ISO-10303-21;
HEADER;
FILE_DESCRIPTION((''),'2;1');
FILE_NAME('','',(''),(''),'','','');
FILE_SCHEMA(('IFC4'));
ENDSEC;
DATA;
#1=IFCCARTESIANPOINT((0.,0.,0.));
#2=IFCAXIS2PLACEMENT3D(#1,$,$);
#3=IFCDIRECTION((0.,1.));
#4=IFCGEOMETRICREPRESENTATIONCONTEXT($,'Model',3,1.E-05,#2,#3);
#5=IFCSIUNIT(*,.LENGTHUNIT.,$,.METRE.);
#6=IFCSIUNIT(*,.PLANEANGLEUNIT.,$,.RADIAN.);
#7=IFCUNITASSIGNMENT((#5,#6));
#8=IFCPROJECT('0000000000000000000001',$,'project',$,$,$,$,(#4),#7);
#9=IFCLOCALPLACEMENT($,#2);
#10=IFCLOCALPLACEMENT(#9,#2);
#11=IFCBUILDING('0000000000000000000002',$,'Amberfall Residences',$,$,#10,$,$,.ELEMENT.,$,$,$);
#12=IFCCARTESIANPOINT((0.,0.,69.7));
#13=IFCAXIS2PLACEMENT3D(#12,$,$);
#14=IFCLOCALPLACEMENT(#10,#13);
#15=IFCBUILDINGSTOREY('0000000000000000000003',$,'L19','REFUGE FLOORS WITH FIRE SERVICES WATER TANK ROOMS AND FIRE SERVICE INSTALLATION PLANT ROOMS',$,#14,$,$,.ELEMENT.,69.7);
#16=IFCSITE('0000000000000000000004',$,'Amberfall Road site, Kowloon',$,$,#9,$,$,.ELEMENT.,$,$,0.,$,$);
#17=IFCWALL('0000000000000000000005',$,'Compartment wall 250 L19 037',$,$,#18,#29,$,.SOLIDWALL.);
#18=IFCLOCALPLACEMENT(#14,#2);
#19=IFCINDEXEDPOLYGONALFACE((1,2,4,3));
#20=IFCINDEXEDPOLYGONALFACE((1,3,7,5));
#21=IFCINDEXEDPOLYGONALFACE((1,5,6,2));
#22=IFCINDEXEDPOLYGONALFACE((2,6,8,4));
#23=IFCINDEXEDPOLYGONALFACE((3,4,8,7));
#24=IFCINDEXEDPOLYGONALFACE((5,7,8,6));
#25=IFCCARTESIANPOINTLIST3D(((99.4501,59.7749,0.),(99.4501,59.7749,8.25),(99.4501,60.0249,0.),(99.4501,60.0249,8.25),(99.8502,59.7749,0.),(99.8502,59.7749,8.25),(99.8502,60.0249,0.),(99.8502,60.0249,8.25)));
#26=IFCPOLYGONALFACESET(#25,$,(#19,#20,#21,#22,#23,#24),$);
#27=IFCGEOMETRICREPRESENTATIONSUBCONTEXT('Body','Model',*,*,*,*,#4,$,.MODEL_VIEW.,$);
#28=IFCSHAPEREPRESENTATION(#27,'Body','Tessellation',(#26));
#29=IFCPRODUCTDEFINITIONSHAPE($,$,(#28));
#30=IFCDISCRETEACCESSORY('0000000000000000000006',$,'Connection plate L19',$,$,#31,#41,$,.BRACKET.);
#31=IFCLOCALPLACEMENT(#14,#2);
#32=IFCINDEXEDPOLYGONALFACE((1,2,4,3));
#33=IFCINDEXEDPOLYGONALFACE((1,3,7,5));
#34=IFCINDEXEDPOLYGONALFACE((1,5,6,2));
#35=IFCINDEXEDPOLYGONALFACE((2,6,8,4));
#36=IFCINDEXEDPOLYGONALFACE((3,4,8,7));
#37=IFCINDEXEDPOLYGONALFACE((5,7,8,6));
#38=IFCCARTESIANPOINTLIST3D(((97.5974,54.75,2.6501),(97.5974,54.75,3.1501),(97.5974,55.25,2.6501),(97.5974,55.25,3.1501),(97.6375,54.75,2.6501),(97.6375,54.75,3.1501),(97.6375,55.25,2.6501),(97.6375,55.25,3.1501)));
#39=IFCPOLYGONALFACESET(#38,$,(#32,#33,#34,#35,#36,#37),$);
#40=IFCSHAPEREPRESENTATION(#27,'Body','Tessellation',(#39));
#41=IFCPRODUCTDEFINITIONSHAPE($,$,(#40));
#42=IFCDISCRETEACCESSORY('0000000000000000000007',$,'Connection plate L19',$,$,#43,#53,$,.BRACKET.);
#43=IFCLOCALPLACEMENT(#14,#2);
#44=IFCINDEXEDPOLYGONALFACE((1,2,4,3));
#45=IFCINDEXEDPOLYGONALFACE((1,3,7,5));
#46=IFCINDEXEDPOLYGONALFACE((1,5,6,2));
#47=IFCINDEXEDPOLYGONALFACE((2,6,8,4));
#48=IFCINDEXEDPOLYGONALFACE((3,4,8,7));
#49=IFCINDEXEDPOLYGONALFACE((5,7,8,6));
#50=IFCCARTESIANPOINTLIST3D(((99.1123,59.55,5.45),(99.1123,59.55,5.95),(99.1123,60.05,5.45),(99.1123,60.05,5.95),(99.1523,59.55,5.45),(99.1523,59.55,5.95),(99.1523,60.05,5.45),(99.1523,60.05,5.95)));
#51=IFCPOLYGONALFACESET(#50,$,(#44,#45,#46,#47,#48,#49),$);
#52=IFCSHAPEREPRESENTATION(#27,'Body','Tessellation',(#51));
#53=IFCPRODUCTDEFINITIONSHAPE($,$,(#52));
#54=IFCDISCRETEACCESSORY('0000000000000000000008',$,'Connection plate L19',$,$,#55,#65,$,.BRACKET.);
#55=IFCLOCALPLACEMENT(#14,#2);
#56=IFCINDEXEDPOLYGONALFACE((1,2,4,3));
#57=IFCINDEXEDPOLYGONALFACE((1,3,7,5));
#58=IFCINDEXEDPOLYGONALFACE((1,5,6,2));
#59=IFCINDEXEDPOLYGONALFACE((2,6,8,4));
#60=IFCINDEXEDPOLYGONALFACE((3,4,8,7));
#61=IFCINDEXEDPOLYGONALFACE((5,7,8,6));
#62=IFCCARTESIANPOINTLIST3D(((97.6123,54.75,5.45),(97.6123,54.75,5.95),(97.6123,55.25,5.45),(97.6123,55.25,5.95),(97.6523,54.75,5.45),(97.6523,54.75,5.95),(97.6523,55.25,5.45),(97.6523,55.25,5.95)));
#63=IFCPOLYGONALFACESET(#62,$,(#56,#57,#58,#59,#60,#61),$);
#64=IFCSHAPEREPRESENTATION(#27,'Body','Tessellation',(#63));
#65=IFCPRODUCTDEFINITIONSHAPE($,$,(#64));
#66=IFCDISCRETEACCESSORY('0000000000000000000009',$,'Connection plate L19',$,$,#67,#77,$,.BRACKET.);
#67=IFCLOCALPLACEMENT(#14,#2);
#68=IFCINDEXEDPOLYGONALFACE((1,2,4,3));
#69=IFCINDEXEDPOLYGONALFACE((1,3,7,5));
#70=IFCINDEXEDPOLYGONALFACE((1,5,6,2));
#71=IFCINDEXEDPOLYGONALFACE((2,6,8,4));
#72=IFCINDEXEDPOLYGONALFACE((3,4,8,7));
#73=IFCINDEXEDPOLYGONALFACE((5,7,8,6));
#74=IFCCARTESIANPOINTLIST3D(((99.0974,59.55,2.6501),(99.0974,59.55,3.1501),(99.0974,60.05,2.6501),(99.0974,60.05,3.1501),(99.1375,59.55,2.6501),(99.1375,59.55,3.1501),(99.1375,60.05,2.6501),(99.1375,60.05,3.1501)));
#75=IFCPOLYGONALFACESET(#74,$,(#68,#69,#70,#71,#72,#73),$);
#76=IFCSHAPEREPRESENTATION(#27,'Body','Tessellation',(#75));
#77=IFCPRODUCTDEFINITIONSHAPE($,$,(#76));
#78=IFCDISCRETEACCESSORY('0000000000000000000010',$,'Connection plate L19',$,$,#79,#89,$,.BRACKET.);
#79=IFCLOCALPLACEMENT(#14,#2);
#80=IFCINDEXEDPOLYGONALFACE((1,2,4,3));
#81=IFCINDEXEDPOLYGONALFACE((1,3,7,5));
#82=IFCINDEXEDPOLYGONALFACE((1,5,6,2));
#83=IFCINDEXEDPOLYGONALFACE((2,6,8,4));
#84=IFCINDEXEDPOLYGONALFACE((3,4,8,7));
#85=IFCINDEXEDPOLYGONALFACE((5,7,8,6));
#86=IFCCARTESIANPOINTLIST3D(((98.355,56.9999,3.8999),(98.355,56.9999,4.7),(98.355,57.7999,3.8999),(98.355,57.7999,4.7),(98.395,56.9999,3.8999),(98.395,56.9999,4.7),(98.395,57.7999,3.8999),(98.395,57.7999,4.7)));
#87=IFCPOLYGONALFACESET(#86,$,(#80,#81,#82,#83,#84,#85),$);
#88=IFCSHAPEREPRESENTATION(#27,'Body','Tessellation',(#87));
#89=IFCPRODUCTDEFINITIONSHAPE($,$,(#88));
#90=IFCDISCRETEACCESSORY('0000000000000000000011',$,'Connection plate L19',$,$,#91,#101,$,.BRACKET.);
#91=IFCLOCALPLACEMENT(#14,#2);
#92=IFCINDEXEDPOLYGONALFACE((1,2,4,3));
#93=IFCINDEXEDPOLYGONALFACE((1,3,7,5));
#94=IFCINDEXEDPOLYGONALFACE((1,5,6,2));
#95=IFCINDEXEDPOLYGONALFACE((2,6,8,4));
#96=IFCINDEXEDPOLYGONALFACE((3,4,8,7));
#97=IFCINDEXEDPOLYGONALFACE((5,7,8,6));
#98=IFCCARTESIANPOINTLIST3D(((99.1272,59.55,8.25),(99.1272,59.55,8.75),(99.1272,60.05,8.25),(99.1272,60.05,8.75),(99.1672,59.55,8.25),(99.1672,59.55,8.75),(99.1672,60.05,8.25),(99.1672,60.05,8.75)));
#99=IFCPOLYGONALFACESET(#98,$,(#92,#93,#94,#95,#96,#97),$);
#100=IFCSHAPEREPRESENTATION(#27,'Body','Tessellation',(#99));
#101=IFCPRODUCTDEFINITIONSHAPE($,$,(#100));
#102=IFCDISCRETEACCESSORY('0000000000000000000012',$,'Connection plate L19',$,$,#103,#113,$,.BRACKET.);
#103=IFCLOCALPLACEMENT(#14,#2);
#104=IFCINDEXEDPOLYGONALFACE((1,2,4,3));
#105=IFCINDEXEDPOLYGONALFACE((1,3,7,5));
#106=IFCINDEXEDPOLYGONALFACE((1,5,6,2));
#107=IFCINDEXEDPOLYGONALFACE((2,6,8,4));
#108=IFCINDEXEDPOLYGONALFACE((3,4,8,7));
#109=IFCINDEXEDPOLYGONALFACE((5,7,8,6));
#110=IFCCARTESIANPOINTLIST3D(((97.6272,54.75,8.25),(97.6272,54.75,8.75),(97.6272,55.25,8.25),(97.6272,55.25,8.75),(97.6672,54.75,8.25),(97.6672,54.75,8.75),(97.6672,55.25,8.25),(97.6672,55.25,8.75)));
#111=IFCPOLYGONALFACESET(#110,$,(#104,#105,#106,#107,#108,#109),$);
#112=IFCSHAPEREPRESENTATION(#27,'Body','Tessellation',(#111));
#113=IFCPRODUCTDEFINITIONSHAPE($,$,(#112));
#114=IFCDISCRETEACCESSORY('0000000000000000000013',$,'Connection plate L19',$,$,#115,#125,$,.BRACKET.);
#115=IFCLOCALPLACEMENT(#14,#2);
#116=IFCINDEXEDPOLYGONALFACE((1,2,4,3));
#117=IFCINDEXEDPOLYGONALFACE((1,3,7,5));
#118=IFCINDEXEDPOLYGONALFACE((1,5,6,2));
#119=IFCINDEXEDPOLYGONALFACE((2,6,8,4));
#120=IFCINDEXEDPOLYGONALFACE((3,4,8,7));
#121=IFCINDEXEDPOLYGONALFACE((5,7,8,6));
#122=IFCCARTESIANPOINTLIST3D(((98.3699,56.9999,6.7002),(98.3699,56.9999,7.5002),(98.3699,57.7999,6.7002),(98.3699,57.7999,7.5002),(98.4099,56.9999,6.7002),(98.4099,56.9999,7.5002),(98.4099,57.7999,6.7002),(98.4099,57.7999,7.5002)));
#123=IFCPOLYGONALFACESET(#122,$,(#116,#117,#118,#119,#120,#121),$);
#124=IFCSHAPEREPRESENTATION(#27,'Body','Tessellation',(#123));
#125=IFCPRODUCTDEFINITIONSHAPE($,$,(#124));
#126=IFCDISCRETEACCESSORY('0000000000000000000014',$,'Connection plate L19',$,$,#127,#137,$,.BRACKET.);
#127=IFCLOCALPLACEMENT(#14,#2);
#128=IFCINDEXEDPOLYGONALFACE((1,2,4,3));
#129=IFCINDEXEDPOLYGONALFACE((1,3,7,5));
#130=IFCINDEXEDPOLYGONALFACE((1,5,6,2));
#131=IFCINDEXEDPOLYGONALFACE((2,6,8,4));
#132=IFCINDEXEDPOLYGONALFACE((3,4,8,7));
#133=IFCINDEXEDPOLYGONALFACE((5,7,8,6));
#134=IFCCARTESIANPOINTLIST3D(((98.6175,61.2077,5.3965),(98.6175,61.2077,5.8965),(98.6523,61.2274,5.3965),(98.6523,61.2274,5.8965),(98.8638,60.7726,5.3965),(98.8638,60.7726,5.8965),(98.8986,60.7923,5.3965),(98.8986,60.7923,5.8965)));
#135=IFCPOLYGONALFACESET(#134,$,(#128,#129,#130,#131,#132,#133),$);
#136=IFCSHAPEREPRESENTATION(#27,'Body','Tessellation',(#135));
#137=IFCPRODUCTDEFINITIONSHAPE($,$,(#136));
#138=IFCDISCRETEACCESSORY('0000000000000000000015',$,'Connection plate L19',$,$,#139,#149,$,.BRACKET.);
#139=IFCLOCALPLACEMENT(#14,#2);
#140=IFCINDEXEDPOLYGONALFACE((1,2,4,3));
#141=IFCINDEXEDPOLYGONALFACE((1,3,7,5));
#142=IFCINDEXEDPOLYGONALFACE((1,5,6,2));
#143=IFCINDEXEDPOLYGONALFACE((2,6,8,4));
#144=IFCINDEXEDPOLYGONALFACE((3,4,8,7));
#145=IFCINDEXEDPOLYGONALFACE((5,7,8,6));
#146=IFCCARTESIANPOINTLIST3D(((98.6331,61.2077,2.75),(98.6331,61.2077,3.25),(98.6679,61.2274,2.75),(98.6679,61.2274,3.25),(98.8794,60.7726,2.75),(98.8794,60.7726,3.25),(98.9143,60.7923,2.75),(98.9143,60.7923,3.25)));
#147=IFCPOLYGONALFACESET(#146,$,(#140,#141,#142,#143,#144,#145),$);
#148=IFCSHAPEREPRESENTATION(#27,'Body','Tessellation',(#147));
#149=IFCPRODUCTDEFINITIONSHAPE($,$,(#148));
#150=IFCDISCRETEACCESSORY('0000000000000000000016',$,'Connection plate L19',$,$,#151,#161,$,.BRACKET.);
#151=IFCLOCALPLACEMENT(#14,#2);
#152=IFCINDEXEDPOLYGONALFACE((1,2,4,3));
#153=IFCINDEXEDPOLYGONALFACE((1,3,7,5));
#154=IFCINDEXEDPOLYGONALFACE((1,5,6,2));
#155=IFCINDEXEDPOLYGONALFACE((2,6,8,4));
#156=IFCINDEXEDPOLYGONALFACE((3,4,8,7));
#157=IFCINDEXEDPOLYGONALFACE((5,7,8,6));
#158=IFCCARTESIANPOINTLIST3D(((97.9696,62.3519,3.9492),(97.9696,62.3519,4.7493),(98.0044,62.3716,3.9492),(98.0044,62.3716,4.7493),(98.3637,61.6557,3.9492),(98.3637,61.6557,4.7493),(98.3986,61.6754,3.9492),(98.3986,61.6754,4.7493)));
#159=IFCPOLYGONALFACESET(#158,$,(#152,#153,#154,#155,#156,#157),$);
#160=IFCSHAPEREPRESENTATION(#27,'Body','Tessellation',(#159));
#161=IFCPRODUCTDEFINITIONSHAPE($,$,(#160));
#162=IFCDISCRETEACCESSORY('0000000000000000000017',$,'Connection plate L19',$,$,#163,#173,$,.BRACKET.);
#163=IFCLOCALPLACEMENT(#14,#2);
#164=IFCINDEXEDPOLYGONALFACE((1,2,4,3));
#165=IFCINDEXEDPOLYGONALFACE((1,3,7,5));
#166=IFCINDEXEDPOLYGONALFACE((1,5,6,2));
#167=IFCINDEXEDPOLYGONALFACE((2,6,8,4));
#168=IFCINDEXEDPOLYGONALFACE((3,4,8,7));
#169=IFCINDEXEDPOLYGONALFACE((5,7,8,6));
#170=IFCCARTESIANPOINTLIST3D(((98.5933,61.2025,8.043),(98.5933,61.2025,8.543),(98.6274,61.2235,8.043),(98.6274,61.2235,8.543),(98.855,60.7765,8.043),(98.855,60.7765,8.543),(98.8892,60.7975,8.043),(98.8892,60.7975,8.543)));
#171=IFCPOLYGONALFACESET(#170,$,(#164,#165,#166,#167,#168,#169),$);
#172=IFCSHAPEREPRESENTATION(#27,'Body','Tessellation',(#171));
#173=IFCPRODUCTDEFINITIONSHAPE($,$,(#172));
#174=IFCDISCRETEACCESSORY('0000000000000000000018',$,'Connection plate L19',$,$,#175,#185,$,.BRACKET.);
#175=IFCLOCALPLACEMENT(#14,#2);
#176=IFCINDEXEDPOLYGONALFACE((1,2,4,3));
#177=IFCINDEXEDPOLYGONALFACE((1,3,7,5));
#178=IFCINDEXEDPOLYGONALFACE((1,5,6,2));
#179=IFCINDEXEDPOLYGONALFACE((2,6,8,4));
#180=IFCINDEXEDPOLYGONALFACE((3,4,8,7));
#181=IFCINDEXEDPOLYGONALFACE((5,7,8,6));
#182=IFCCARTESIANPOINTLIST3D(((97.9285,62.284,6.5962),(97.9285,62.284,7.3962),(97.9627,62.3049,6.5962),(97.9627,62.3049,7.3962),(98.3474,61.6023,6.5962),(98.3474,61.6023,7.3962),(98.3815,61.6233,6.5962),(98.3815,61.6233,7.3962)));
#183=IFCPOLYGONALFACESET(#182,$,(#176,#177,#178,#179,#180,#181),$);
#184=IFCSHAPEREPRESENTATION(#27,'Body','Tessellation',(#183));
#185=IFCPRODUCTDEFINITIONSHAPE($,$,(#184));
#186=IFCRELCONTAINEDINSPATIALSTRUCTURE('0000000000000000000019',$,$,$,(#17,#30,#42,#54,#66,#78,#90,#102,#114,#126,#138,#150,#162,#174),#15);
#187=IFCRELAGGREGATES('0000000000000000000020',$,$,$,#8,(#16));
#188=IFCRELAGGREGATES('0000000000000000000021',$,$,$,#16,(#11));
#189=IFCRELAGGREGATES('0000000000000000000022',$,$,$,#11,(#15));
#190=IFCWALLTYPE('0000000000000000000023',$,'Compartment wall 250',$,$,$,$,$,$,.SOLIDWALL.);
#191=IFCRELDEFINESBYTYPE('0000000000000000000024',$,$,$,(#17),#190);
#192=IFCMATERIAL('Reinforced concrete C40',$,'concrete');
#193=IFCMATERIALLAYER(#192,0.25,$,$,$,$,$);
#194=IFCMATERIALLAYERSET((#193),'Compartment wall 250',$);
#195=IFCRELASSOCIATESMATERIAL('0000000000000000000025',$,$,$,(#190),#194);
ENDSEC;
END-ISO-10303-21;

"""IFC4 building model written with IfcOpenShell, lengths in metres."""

from ifc_helpers import new_model, si_unit, direction, frame, frame_2d, origin, origin_2d, place, context, subcontext, project, spatial, rectangle, extrude, material, layer, layer_set, type_object, element, save


model = new_model("IFC4")

# Units and contexts
model_context = context("Model", 3, precision=1e-05, world=origin(), true_north=direction((0.0, 1.0)))
body_context = subcontext(model_context, "Body", "Model", "MODEL_VIEW")
ifc_project = project(units=[si_unit("LENGTHUNIT", "METRE"), si_unit("PLANEANGLEUNIT", "RADIAN")], contexts=[model_context])

# Site, building, storey
site_placement = place(None, origin())
site = spatial("IfcSite", under=ifc_project, at=site_placement, Name="Amberfall Road site, Kowloon", CompositionType="ELEMENT", RefElevation=0.0)
building_placement = place(site_placement, origin())
building = spatial("IfcBuilding", under=site, at=building_placement, Name="Amberfall Residences", CompositionType="ELEMENT")
storey_placement = place(building_placement, frame((0.0, 0.0, 69.7)))
storey = spatial("IfcBuildingStorey", under=building, at=storey_placement, Name="L19", Description="REFUGE FLOORS WITH FIRE SERVICES WATER TANK ROOMS AND FIRE SERVICE INSTALLATION PLANT ROOMS", CompositionType="ELEMENT", Elevation=69.7)

# Wall
ifc_material_1 = material(Name="Reinforced concrete C40", Category="concrete")
ifc_layer = layer(ifc_material_1, 0.25)
ifc_layer_set = layer_set([ifc_layer], Name="Compartment wall 250")
wall_type = type_object("IfcWallType", Name="Compartment wall 250", PredefinedType="SOLIDWALL", material=ifc_layer_set)
wall_placement = place(storey_placement, frame((99.45, 59.8999, 0.0), z_axis=(0.0, 0.0, 1.0), x_axis=(1.0, 0.0, 0.0)))
element("IfcWall", 1, at=wall_placement, inside=storey, type_object=wall_type, Name="Compartment wall 250 L19 037", PredefinedType="SOLIDWALL", context=body_context, shape_type="SweptSolid", body=[
    extrude(rectangle(XDim=0.4001, YDim=0.25, at=frame_2d((0.2002, 0.0))), origin(), (0.0, 0.0, 1.0), 8.25),
])

# Discrete accessories
for number, where, z_axis, x_axis, name in (
    (2, (97.6174, 55.0, 2.6501), (0.0, 0.0, 1.0), (0.0, 1.0, 0.0), "Connection plate L19"),
    (3, (99.1323, 59.8, 5.45), (0.0, 0.0, 1.0), (0.0, 1.0, 0.0), "Connection plate L19"),
    (4, (97.6323, 55.0, 5.45), (0.0, 0.0, 1.0), (0.0, 1.0, 0.0), "Connection plate L19"),
    (5, (99.1174, 59.8, 2.6501), (0.0, 0.0, 1.0), (0.0, 1.0, 0.0), "Connection plate L19"),
):
    element("IfcDiscreteAccessory", number, at=place(storey_placement, frame(where, z_axis=z_axis, x_axis=x_axis)), inside=storey, Name=name, PredefinedType="BRACKET", context=body_context, shape_type="SweptSolid", body=[
        extrude(rectangle(XDim=0.5, YDim=0.04, at=origin_2d()), origin(), (0.0, 0.0, 1.0), 0.5),
    ])
discrete_accessory_1_placement = place(storey_placement, frame((98.375, 57.3999, 3.8999), z_axis=(0.0, 0.0, 1.0), x_axis=(0.0, 1.0, 0.0)))
element("IfcDiscreteAccessory", 6, at=discrete_accessory_1_placement, inside=storey, Name="Connection plate L19", PredefinedType="BRACKET", context=body_context, shape_type="SweptSolid", body=[
    extrude(rectangle(XDim=0.8, YDim=0.04, at=origin_2d()), origin(), (0.0, 0.0, 1.0), 0.8),
])
for number, where, z_axis, x_axis, name in (
    (7, (99.1472, 59.8, 8.25), (0.0, 0.0, 1.0), (0.0, 1.0, 0.0), "Connection plate L19"),
    (8, (97.6472, 55.0, 8.25), (0.0, 0.0, 1.0), (0.0, 1.0, 0.0), "Connection plate L19"),
):
    element("IfcDiscreteAccessory", number, at=place(storey_placement, frame(where, z_axis=z_axis, x_axis=x_axis)), inside=storey, Name=name, PredefinedType="BRACKET", context=body_context, shape_type="SweptSolid", body=[
        extrude(rectangle(XDim=0.5, YDim=0.04, at=origin_2d()), origin(), (0.0, 0.0, 1.0), 0.5),
    ])
discrete_accessory_2_placement = place(storey_placement, frame((98.3899, 57.3999, 6.7002), z_axis=(0.0, 0.0, 1.0), x_axis=(0.0, 1.0, 0.0)))
element("IfcDiscreteAccessory", 9, at=discrete_accessory_2_placement, inside=storey, Name="Connection plate L19", PredefinedType="BRACKET", context=body_context, shape_type="SweptSolid", body=[
    extrude(rectangle(XDim=0.8, YDim=0.04, at=origin_2d()), origin(), (0.0, 0.0, 1.0), 0.8),
])
for number, where, z_axis, x_axis, name in (
    (10, (98.7581, 61.0, 5.3965), (0.0, 0.0, 1.0), (0.492667, -0.870218, 0.0), "Connection plate L19"),
    (11, (98.7737, 61.0, 2.75), (0.0, 0.0, 1.0), (0.492667, -0.870218, 0.0), "Connection plate L19"),
):
    element("IfcDiscreteAccessory", number, at=place(storey_placement, frame(where, z_axis=z_axis, x_axis=x_axis)), inside=storey, Name=name, PredefinedType="BRACKET", context=body_context, shape_type="SweptSolid", body=[
        extrude(rectangle(XDim=0.5, YDim=0.04, at=origin_2d()), origin(), (0.0, 0.0, 1.0), 0.5),
    ])
discrete_accessory_3_placement = place(storey_placement, frame((98.1841, 62.0137, 3.9492), z_axis=(0.0, 0.0, 1.0), x_axis=(0.492667, -0.870218, 0.0)))
element("IfcDiscreteAccessory", 12, at=discrete_accessory_3_placement, inside=storey, Name="Connection plate L19", PredefinedType="BRACKET", context=body_context, shape_type="SweptSolid", body=[
    extrude(rectangle(XDim=0.8, YDim=0.04, at=origin_2d()), origin(), (0.0, 0.0, 1.0), 0.8),
])
discrete_accessory_4_placement = place(storey_placement, frame((98.7412, 61.0, 8.043), z_axis=(0.0, 0.0, 1.0), x_axis=(0.52354, -0.852001, 0.0)))
element("IfcDiscreteAccessory", 13, at=discrete_accessory_4_placement, inside=storey, Name="Connection plate L19", PredefinedType="BRACKET", context=body_context, shape_type="SweptSolid", body=[
    extrude(rectangle(XDim=0.5, YDim=0.04, at=origin_2d()), origin(), (0.0, 0.0, 1.0), 0.5),
])
discrete_accessory_5_placement = place(storey_placement, frame((98.155, 61.9536, 6.5962), z_axis=(0.0, 0.0, 1.0), x_axis=(0.52354, -0.852001, 0.0)))
element("IfcDiscreteAccessory", 14, at=discrete_accessory_5_placement, inside=storey, Name="Connection plate L19", PredefinedType="BRACKET", context=body_context, shape_type="SweptSolid", body=[
    extrude(rectangle(XDim=0.8, YDim=0.04, at=origin_2d()), origin(), (0.0, 0.0, 1.0), 0.8),
])

save(model, "model.ifc")
